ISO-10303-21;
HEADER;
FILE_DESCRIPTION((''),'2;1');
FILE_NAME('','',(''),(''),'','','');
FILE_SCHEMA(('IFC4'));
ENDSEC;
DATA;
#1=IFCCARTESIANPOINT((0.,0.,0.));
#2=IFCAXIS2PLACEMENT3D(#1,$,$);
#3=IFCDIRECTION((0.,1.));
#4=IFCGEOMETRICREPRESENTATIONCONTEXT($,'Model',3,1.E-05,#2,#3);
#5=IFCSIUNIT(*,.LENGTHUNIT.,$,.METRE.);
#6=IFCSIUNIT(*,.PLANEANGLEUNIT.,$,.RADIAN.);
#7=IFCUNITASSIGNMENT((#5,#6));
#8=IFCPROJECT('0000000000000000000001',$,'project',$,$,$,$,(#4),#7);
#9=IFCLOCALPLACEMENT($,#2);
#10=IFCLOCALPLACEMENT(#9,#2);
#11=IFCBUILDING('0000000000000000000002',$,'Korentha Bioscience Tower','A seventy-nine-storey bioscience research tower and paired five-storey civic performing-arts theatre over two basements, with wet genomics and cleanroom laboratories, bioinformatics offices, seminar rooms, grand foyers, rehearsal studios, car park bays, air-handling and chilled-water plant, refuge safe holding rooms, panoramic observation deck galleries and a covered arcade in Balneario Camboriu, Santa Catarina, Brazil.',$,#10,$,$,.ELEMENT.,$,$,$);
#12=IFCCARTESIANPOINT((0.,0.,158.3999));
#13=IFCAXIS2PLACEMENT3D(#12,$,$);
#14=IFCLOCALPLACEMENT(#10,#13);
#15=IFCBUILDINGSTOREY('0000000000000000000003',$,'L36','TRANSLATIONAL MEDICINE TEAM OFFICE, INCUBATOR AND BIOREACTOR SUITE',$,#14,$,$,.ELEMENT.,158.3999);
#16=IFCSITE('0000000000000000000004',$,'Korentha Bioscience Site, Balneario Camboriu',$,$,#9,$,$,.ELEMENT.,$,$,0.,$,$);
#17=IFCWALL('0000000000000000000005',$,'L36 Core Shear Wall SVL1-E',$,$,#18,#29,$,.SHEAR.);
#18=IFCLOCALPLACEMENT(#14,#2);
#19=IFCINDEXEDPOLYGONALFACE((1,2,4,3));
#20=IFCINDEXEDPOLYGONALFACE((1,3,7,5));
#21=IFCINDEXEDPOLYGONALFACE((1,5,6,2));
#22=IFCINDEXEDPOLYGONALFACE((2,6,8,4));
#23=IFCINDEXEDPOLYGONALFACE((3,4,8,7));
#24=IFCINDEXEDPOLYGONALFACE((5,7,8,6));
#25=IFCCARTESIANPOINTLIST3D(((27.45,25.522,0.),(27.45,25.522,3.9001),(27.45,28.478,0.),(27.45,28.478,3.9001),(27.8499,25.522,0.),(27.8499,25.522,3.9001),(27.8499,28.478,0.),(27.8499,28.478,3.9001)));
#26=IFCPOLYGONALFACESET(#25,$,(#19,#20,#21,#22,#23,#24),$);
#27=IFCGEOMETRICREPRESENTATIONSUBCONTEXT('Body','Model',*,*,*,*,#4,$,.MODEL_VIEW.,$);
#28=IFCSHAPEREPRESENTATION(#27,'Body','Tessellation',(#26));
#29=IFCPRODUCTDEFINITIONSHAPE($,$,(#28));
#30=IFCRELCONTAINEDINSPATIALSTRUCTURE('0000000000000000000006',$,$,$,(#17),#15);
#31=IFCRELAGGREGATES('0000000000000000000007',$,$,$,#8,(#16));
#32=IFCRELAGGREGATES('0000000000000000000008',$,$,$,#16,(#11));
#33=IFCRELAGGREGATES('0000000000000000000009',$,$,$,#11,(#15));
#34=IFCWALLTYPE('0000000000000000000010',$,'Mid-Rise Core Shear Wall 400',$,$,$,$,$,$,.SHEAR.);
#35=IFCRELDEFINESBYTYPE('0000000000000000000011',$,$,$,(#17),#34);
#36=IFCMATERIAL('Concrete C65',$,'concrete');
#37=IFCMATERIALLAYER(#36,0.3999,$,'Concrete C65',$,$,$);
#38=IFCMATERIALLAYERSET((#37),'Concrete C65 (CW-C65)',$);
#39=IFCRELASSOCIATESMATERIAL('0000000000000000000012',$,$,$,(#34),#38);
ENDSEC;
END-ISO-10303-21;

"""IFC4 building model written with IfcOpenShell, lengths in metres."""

from ifc_helpers import new_model, si_unit, direction, frame, frame_2d, origin, place, context, subcontext, project, spatial, rectangle, extrude, material, layer, layer_set, type_object, element, save


model = new_model("IFC4")

# Units and contexts
model_context = context("Model", 3, precision=1e-05, world=origin(), true_north=direction((0.0, 1.0)))
body_context = subcontext(model_context, "Body", "Model", "MODEL_VIEW")
ifc_project = project(units=[si_unit("LENGTHUNIT", "METRE"), si_unit("PLANEANGLEUNIT", "RADIAN")], contexts=[model_context])

# Site, building, storey
site_placement = place(None, origin())
site = spatial("IfcSite", under=ifc_project, at=site_placement, Name="Korentha Bioscience Site, Balneario Camboriu", CompositionType="ELEMENT", RefElevation=0.0)
building_placement = place(site_placement, origin())
building = spatial("IfcBuilding", under=site, at=building_placement, Name="Korentha Bioscience Tower", Description="A seventy-nine-storey bioscience research tower and paired five-storey civic performing-arts theatre over two basements, with wet genomics and cleanroom laboratories, bioinformatics offices, seminar rooms, grand foyers, rehearsal studios, car park bays, air-handling and chilled-water plant, refuge safe holding rooms, panoramic observation deck galleries and a covered arcade in Balneario Camboriu, Santa Catarina, Brazil.", CompositionType="ELEMENT")
storey_placement = place(building_placement, frame((0.0, 0.0, 158.3999)))
storey = spatial("IfcBuildingStorey", under=building, at=storey_placement, Name="L36", Description="TRANSLATIONAL MEDICINE TEAM OFFICE, INCUBATOR AND BIOREACTOR SUITE", CompositionType="ELEMENT", Elevation=158.3999)

# Shared definitions
ifc_material_1 = material(Name="Concrete C65", Category="concrete")

# Shared definitions
ifc_layer_1 = layer(ifc_material_1, 0.3999, Name="Concrete C65")
ifc_layer_set_1 = layer_set([ifc_layer_1], Name="Concrete C65 (CW-C65)")
wall_type_1 = type_object("IfcWallType", Name="Mid-Rise Core Shear Wall 400", PredefinedType="SHEAR", material=ifc_layer_set_1)

# Wall
wall_1_placement = place(storey_placement, frame((27.6499, 25.522, 0.0), z_axis=(0.0, 0.0, 1.0), x_axis=(0.0, 1.0, 0.0)))
element("IfcWall", 1, at=wall_1_placement, inside=storey, type_object=wall_type_1, Name="L36 Core Shear Wall SVL1-E", PredefinedType="SHEAR", context=body_context, shape_type="SweptSolid", body=[
    extrude(rectangle(XDim=2.9561, YDim=0.3999, at=frame_2d((1.478, 0.0))), origin(), (0.0, 0.0, 1.0), 3.9001),
])

save(model, "model.ifc")
